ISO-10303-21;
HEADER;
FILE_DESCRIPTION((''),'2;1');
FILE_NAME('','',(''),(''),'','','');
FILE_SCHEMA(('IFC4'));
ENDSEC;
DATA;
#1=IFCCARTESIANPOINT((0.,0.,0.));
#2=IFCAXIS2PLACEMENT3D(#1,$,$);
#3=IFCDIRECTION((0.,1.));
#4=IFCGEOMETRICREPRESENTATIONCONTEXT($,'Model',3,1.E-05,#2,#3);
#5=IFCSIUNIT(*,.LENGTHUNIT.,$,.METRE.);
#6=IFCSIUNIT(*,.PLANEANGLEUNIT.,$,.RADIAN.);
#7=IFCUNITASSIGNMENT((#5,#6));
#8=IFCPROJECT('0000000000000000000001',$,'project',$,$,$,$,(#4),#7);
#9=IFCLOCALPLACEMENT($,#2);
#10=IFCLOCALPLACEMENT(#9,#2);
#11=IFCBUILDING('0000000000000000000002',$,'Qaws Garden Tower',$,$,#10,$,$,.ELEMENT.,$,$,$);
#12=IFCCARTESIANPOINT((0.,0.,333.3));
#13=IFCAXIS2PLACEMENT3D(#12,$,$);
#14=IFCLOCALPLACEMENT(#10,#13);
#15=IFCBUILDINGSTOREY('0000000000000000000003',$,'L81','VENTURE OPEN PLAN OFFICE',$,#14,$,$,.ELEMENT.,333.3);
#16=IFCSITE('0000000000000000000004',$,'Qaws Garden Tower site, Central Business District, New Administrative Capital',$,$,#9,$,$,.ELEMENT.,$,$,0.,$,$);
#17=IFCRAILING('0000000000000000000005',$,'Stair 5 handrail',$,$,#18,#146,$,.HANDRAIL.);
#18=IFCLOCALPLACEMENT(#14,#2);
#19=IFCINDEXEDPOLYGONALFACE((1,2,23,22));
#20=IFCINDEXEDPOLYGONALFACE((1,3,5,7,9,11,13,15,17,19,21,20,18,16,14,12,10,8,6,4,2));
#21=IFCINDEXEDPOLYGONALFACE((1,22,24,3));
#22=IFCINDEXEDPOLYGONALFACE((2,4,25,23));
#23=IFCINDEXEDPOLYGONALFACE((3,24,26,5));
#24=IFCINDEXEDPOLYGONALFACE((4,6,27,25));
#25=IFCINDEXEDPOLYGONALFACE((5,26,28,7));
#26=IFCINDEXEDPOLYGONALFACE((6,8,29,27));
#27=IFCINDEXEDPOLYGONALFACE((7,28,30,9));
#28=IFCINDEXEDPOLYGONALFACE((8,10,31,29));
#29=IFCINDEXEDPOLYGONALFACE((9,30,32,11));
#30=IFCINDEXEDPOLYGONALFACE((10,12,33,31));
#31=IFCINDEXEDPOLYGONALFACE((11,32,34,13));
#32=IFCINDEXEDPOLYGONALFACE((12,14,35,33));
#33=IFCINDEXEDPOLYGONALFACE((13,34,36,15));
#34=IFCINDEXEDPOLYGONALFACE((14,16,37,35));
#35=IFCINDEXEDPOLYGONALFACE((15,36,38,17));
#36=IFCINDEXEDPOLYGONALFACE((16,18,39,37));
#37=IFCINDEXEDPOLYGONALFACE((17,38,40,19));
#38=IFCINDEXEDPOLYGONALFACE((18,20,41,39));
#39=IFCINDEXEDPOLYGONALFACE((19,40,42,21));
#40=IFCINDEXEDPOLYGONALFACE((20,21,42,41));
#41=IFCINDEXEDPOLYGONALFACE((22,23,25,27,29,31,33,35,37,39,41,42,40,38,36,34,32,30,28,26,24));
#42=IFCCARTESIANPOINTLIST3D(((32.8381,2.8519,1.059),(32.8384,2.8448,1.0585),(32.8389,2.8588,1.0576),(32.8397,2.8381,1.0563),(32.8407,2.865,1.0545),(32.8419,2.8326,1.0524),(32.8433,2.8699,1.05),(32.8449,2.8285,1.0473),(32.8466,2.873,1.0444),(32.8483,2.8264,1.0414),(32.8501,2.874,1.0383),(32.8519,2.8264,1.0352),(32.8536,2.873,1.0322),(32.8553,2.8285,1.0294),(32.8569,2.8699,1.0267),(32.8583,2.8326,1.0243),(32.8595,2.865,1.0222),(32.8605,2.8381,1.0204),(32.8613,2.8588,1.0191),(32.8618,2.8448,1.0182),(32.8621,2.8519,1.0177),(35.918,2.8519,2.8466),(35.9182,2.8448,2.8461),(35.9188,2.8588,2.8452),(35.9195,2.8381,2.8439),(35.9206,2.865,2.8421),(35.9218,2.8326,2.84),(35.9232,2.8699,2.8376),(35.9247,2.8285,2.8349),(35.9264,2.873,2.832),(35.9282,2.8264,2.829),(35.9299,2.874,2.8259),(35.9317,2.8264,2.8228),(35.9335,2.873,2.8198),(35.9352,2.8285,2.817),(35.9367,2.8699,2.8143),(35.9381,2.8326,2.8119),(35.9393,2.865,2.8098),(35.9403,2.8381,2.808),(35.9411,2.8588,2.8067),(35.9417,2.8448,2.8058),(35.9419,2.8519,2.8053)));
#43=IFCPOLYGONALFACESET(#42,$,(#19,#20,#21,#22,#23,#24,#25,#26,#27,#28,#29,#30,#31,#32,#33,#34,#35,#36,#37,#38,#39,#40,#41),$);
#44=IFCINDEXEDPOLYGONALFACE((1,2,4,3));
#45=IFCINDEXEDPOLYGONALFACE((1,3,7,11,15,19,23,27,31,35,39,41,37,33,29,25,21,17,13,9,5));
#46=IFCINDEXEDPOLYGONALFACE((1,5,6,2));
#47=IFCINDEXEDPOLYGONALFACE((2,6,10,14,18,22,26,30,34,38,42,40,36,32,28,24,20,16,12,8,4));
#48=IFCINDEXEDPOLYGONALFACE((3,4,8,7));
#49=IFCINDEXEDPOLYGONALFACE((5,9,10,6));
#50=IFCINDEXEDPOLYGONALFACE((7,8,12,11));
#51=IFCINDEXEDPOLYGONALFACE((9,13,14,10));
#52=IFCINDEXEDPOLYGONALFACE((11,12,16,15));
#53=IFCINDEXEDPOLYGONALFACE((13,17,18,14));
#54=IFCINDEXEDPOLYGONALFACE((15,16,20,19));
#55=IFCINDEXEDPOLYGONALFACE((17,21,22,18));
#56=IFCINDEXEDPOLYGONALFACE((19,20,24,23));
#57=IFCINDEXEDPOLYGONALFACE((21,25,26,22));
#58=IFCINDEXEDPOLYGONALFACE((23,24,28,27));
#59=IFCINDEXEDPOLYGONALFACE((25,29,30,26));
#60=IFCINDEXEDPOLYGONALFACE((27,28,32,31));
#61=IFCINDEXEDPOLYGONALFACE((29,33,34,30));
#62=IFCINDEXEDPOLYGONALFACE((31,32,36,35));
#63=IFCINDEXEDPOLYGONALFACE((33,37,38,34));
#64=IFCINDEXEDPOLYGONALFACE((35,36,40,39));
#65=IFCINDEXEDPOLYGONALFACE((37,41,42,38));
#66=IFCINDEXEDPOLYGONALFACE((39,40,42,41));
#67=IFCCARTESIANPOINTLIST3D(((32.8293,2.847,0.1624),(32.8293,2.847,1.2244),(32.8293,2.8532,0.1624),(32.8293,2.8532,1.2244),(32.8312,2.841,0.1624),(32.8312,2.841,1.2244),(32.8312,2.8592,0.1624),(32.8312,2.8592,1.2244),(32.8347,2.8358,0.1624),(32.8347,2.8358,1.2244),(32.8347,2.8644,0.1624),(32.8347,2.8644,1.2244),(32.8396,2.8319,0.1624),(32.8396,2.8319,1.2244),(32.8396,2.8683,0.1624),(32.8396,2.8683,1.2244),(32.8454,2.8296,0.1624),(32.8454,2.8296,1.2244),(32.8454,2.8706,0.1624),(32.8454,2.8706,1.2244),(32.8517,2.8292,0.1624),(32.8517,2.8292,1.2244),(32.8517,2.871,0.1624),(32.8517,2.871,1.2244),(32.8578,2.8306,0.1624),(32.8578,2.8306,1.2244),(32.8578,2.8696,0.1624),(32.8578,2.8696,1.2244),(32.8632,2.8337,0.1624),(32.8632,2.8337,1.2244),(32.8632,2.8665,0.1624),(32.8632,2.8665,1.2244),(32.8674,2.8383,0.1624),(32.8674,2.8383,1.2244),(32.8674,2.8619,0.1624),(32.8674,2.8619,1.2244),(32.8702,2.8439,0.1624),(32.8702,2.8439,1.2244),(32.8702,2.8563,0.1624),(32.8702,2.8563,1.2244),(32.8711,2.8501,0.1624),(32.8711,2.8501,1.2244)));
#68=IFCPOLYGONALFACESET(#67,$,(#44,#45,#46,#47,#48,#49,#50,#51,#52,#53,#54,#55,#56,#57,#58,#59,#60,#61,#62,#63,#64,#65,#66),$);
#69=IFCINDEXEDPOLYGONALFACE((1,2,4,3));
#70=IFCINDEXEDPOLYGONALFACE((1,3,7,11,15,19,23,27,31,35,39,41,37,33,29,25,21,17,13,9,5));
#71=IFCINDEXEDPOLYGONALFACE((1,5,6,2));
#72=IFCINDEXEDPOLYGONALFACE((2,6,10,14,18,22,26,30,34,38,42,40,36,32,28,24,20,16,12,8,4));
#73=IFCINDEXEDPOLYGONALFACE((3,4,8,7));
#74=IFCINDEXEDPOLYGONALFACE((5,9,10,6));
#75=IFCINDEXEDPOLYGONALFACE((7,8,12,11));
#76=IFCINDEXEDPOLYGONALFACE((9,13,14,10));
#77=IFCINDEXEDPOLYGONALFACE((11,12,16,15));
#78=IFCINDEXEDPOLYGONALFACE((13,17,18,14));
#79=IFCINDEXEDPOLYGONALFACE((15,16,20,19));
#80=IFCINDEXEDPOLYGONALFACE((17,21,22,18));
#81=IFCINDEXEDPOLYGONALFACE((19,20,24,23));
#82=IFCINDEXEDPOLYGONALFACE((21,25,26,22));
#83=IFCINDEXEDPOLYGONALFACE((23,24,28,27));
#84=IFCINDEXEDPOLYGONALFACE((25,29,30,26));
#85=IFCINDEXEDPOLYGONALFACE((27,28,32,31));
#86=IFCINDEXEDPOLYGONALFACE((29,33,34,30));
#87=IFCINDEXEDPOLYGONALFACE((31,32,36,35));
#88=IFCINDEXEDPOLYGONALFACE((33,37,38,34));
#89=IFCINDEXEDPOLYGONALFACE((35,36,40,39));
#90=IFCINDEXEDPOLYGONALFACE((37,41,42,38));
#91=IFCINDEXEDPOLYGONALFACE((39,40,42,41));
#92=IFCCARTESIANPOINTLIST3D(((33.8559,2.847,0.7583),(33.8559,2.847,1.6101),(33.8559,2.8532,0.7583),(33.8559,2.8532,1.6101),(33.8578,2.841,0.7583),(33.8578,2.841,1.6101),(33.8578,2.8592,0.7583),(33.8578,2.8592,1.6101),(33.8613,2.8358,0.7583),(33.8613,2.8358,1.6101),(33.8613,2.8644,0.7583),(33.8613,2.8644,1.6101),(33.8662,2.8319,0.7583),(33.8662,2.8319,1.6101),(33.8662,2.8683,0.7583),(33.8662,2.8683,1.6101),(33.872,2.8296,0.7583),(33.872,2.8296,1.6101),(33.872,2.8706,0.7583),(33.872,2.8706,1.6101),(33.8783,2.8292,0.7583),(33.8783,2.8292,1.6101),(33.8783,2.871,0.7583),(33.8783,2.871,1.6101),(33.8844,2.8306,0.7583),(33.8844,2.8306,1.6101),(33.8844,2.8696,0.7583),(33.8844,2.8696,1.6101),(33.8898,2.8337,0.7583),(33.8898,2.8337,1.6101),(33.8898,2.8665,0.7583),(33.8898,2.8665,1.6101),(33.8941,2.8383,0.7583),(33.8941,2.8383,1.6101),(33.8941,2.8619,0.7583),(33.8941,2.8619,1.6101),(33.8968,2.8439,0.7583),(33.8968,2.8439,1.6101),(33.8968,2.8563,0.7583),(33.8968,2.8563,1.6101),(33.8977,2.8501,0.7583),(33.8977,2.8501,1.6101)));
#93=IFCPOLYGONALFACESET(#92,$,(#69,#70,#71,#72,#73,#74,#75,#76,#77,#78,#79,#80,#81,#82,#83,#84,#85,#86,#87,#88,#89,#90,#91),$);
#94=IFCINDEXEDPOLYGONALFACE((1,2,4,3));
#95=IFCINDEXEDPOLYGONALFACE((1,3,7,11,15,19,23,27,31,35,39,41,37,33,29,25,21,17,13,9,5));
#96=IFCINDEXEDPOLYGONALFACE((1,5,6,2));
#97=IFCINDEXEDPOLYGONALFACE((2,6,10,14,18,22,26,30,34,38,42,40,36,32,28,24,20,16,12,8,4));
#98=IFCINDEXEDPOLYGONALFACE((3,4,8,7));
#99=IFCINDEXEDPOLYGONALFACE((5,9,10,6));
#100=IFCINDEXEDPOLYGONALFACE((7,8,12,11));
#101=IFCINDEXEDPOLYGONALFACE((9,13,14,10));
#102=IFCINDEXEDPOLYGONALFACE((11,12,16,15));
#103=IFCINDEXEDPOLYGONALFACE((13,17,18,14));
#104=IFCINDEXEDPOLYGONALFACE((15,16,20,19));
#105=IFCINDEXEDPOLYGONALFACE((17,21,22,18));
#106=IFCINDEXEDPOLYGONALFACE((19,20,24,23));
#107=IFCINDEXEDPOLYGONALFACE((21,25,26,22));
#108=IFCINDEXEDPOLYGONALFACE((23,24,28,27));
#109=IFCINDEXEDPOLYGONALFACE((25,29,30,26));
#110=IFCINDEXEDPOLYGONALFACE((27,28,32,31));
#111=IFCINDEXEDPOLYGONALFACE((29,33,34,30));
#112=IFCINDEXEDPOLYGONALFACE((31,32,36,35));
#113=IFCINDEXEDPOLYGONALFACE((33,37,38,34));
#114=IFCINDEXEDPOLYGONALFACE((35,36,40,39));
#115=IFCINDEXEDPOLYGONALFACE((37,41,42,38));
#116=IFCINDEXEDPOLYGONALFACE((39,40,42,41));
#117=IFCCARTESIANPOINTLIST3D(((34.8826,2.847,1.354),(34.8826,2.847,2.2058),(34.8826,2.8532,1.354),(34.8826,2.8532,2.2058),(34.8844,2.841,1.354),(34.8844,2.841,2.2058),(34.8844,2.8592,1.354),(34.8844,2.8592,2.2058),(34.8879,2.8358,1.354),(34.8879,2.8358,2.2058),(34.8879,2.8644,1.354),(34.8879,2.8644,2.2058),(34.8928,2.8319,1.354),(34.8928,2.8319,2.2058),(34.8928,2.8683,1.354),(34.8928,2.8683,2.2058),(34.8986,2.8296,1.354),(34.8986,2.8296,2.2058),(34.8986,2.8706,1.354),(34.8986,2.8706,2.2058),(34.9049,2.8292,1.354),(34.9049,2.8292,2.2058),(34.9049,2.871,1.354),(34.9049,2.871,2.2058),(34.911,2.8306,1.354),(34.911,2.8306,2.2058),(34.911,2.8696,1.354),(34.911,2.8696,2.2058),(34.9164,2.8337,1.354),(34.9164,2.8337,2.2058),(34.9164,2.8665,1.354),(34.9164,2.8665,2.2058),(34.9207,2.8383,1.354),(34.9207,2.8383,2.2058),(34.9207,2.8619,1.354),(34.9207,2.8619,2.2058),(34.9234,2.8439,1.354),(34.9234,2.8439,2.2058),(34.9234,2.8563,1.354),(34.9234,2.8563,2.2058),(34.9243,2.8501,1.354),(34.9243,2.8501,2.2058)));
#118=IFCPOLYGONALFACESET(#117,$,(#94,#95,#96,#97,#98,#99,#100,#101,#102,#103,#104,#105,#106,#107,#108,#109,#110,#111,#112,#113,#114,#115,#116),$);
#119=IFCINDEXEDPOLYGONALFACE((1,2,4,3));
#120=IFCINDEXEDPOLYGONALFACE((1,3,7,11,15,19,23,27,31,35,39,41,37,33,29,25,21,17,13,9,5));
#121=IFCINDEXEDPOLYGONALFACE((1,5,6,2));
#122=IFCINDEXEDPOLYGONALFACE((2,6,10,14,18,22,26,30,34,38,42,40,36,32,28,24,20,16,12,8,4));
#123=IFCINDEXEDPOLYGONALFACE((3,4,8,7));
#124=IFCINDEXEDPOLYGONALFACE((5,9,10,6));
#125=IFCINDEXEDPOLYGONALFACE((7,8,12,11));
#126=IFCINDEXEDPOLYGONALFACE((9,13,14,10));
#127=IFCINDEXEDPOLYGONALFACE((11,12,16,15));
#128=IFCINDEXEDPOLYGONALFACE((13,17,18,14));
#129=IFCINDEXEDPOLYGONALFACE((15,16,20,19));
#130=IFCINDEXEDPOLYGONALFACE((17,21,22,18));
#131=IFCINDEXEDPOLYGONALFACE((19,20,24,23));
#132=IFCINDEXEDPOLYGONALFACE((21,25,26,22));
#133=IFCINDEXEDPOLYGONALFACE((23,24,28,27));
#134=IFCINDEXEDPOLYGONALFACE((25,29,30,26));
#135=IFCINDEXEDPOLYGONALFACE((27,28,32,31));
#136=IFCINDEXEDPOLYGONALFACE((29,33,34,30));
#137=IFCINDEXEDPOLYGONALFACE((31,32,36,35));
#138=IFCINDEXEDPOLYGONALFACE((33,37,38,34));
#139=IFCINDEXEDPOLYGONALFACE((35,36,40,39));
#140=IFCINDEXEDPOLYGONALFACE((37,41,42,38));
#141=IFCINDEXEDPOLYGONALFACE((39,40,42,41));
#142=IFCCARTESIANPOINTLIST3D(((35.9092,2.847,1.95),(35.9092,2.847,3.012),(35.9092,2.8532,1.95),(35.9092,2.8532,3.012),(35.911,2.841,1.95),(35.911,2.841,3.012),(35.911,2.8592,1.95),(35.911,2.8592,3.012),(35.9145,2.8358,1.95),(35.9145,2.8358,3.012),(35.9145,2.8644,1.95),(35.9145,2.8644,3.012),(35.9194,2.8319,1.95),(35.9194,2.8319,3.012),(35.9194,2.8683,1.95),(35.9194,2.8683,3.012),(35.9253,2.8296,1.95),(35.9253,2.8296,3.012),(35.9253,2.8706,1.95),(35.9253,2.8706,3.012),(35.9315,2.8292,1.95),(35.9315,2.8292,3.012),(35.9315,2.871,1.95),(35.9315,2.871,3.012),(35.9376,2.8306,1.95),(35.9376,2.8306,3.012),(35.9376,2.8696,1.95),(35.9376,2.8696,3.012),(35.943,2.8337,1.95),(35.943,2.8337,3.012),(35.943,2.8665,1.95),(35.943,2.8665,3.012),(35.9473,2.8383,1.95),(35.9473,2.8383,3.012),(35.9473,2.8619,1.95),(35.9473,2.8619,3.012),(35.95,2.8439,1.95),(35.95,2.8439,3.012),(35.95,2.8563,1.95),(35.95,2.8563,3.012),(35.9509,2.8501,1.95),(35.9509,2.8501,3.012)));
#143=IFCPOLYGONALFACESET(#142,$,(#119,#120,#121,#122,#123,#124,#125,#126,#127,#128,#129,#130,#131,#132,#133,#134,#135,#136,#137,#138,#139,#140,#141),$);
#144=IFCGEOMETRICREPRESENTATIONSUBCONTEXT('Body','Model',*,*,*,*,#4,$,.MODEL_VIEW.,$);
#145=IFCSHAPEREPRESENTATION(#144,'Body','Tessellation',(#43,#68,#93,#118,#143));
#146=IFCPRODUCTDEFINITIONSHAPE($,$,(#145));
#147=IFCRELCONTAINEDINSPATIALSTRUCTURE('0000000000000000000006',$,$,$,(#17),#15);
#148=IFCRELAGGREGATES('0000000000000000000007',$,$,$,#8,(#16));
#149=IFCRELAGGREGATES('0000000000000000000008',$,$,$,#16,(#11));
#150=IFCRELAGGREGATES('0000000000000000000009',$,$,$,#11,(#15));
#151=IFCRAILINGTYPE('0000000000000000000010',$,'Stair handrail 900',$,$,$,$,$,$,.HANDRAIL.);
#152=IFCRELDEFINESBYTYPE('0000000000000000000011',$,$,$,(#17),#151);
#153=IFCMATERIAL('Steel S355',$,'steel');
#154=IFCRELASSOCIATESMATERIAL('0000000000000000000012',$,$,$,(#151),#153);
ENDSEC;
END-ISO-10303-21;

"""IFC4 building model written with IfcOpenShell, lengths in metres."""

from ifc_helpers import new_model, si_unit, direction, frame, origin, origin_2d, place, context, subcontext, project, spatial, circle, extrude, material, type_object, element, save


model = new_model("IFC4")

# Units and contexts
model_context = context("Model", 3, precision=1e-05, world=origin(), true_north=direction((0.0, 1.0)))
body_context = subcontext(model_context, "Body", "Model", "MODEL_VIEW")
ifc_project = project(units=[si_unit("LENGTHUNIT", "METRE"), si_unit("PLANEANGLEUNIT", "RADIAN")], contexts=[model_context])

# Site, building, storey
site_placement = place(None, origin())
site = spatial("IfcSite", under=ifc_project, at=site_placement, Name="Qaws Garden Tower site, Central Business District, New Administrative Capital", CompositionType="ELEMENT", RefElevation=0.0)
building_placement = place(site_placement, origin())
building = spatial("IfcBuilding", under=site, at=building_placement, Name="Qaws Garden Tower", CompositionType="ELEMENT")
storey_placement = place(building_placement, frame((0.0, 0.0, 333.3)))
storey = spatial("IfcBuildingStorey", under=building, at=storey_placement, Name="L81", Description="VENTURE OPEN PLAN OFFICE", CompositionType="ELEMENT", Elevation=333.3)

# Railing
ifc_material_1 = material(Name="Steel S355", Category="steel")
railing_type = type_object("IfcRailingType", Name="Stair handrail 900", PredefinedType="HANDRAIL", material=ifc_material_1)
railing_1_placement = place(storey_placement, frame((32.8501, 2.8501, 0.1624)))
element("IfcRailing", 1, at=railing_1_placement, inside=storey, type_object=railing_type, Name="Stair 5 handrail", PredefinedType="HANDRAIL", context=body_context, shape_type="SweptSolid", body=[
    extrude(circle(Radius=0.0239, at=origin_2d()), frame((0.0, 0.0, 0.876), z_axis=(0.864873, 0.0, 0.50199), x_axis=(0.0, 1.0, 0.0)), (0.0, 0.0, 1.0), 3.561),
    extrude(circle(Radius=0.021, at=origin_2d()), origin(), (0.0, 0.0, 1.0), 1.062),
    extrude(circle(Radius=0.021, at=origin_2d()), frame((1.0266, 0.0, 0.5959)), (0.0, 0.0, 1.0), 0.8518),
    extrude(circle(Radius=0.021, at=origin_2d()), frame((2.0532, 0.0, 1.1917)), (0.0, 0.0, 1.0), 0.8518),
    extrude(circle(Radius=0.021, at=origin_2d()), frame((3.0798, 0.0, 1.7876)), (0.0, 0.0, 1.0), 1.062),
])

save(model, "model.ifc")
